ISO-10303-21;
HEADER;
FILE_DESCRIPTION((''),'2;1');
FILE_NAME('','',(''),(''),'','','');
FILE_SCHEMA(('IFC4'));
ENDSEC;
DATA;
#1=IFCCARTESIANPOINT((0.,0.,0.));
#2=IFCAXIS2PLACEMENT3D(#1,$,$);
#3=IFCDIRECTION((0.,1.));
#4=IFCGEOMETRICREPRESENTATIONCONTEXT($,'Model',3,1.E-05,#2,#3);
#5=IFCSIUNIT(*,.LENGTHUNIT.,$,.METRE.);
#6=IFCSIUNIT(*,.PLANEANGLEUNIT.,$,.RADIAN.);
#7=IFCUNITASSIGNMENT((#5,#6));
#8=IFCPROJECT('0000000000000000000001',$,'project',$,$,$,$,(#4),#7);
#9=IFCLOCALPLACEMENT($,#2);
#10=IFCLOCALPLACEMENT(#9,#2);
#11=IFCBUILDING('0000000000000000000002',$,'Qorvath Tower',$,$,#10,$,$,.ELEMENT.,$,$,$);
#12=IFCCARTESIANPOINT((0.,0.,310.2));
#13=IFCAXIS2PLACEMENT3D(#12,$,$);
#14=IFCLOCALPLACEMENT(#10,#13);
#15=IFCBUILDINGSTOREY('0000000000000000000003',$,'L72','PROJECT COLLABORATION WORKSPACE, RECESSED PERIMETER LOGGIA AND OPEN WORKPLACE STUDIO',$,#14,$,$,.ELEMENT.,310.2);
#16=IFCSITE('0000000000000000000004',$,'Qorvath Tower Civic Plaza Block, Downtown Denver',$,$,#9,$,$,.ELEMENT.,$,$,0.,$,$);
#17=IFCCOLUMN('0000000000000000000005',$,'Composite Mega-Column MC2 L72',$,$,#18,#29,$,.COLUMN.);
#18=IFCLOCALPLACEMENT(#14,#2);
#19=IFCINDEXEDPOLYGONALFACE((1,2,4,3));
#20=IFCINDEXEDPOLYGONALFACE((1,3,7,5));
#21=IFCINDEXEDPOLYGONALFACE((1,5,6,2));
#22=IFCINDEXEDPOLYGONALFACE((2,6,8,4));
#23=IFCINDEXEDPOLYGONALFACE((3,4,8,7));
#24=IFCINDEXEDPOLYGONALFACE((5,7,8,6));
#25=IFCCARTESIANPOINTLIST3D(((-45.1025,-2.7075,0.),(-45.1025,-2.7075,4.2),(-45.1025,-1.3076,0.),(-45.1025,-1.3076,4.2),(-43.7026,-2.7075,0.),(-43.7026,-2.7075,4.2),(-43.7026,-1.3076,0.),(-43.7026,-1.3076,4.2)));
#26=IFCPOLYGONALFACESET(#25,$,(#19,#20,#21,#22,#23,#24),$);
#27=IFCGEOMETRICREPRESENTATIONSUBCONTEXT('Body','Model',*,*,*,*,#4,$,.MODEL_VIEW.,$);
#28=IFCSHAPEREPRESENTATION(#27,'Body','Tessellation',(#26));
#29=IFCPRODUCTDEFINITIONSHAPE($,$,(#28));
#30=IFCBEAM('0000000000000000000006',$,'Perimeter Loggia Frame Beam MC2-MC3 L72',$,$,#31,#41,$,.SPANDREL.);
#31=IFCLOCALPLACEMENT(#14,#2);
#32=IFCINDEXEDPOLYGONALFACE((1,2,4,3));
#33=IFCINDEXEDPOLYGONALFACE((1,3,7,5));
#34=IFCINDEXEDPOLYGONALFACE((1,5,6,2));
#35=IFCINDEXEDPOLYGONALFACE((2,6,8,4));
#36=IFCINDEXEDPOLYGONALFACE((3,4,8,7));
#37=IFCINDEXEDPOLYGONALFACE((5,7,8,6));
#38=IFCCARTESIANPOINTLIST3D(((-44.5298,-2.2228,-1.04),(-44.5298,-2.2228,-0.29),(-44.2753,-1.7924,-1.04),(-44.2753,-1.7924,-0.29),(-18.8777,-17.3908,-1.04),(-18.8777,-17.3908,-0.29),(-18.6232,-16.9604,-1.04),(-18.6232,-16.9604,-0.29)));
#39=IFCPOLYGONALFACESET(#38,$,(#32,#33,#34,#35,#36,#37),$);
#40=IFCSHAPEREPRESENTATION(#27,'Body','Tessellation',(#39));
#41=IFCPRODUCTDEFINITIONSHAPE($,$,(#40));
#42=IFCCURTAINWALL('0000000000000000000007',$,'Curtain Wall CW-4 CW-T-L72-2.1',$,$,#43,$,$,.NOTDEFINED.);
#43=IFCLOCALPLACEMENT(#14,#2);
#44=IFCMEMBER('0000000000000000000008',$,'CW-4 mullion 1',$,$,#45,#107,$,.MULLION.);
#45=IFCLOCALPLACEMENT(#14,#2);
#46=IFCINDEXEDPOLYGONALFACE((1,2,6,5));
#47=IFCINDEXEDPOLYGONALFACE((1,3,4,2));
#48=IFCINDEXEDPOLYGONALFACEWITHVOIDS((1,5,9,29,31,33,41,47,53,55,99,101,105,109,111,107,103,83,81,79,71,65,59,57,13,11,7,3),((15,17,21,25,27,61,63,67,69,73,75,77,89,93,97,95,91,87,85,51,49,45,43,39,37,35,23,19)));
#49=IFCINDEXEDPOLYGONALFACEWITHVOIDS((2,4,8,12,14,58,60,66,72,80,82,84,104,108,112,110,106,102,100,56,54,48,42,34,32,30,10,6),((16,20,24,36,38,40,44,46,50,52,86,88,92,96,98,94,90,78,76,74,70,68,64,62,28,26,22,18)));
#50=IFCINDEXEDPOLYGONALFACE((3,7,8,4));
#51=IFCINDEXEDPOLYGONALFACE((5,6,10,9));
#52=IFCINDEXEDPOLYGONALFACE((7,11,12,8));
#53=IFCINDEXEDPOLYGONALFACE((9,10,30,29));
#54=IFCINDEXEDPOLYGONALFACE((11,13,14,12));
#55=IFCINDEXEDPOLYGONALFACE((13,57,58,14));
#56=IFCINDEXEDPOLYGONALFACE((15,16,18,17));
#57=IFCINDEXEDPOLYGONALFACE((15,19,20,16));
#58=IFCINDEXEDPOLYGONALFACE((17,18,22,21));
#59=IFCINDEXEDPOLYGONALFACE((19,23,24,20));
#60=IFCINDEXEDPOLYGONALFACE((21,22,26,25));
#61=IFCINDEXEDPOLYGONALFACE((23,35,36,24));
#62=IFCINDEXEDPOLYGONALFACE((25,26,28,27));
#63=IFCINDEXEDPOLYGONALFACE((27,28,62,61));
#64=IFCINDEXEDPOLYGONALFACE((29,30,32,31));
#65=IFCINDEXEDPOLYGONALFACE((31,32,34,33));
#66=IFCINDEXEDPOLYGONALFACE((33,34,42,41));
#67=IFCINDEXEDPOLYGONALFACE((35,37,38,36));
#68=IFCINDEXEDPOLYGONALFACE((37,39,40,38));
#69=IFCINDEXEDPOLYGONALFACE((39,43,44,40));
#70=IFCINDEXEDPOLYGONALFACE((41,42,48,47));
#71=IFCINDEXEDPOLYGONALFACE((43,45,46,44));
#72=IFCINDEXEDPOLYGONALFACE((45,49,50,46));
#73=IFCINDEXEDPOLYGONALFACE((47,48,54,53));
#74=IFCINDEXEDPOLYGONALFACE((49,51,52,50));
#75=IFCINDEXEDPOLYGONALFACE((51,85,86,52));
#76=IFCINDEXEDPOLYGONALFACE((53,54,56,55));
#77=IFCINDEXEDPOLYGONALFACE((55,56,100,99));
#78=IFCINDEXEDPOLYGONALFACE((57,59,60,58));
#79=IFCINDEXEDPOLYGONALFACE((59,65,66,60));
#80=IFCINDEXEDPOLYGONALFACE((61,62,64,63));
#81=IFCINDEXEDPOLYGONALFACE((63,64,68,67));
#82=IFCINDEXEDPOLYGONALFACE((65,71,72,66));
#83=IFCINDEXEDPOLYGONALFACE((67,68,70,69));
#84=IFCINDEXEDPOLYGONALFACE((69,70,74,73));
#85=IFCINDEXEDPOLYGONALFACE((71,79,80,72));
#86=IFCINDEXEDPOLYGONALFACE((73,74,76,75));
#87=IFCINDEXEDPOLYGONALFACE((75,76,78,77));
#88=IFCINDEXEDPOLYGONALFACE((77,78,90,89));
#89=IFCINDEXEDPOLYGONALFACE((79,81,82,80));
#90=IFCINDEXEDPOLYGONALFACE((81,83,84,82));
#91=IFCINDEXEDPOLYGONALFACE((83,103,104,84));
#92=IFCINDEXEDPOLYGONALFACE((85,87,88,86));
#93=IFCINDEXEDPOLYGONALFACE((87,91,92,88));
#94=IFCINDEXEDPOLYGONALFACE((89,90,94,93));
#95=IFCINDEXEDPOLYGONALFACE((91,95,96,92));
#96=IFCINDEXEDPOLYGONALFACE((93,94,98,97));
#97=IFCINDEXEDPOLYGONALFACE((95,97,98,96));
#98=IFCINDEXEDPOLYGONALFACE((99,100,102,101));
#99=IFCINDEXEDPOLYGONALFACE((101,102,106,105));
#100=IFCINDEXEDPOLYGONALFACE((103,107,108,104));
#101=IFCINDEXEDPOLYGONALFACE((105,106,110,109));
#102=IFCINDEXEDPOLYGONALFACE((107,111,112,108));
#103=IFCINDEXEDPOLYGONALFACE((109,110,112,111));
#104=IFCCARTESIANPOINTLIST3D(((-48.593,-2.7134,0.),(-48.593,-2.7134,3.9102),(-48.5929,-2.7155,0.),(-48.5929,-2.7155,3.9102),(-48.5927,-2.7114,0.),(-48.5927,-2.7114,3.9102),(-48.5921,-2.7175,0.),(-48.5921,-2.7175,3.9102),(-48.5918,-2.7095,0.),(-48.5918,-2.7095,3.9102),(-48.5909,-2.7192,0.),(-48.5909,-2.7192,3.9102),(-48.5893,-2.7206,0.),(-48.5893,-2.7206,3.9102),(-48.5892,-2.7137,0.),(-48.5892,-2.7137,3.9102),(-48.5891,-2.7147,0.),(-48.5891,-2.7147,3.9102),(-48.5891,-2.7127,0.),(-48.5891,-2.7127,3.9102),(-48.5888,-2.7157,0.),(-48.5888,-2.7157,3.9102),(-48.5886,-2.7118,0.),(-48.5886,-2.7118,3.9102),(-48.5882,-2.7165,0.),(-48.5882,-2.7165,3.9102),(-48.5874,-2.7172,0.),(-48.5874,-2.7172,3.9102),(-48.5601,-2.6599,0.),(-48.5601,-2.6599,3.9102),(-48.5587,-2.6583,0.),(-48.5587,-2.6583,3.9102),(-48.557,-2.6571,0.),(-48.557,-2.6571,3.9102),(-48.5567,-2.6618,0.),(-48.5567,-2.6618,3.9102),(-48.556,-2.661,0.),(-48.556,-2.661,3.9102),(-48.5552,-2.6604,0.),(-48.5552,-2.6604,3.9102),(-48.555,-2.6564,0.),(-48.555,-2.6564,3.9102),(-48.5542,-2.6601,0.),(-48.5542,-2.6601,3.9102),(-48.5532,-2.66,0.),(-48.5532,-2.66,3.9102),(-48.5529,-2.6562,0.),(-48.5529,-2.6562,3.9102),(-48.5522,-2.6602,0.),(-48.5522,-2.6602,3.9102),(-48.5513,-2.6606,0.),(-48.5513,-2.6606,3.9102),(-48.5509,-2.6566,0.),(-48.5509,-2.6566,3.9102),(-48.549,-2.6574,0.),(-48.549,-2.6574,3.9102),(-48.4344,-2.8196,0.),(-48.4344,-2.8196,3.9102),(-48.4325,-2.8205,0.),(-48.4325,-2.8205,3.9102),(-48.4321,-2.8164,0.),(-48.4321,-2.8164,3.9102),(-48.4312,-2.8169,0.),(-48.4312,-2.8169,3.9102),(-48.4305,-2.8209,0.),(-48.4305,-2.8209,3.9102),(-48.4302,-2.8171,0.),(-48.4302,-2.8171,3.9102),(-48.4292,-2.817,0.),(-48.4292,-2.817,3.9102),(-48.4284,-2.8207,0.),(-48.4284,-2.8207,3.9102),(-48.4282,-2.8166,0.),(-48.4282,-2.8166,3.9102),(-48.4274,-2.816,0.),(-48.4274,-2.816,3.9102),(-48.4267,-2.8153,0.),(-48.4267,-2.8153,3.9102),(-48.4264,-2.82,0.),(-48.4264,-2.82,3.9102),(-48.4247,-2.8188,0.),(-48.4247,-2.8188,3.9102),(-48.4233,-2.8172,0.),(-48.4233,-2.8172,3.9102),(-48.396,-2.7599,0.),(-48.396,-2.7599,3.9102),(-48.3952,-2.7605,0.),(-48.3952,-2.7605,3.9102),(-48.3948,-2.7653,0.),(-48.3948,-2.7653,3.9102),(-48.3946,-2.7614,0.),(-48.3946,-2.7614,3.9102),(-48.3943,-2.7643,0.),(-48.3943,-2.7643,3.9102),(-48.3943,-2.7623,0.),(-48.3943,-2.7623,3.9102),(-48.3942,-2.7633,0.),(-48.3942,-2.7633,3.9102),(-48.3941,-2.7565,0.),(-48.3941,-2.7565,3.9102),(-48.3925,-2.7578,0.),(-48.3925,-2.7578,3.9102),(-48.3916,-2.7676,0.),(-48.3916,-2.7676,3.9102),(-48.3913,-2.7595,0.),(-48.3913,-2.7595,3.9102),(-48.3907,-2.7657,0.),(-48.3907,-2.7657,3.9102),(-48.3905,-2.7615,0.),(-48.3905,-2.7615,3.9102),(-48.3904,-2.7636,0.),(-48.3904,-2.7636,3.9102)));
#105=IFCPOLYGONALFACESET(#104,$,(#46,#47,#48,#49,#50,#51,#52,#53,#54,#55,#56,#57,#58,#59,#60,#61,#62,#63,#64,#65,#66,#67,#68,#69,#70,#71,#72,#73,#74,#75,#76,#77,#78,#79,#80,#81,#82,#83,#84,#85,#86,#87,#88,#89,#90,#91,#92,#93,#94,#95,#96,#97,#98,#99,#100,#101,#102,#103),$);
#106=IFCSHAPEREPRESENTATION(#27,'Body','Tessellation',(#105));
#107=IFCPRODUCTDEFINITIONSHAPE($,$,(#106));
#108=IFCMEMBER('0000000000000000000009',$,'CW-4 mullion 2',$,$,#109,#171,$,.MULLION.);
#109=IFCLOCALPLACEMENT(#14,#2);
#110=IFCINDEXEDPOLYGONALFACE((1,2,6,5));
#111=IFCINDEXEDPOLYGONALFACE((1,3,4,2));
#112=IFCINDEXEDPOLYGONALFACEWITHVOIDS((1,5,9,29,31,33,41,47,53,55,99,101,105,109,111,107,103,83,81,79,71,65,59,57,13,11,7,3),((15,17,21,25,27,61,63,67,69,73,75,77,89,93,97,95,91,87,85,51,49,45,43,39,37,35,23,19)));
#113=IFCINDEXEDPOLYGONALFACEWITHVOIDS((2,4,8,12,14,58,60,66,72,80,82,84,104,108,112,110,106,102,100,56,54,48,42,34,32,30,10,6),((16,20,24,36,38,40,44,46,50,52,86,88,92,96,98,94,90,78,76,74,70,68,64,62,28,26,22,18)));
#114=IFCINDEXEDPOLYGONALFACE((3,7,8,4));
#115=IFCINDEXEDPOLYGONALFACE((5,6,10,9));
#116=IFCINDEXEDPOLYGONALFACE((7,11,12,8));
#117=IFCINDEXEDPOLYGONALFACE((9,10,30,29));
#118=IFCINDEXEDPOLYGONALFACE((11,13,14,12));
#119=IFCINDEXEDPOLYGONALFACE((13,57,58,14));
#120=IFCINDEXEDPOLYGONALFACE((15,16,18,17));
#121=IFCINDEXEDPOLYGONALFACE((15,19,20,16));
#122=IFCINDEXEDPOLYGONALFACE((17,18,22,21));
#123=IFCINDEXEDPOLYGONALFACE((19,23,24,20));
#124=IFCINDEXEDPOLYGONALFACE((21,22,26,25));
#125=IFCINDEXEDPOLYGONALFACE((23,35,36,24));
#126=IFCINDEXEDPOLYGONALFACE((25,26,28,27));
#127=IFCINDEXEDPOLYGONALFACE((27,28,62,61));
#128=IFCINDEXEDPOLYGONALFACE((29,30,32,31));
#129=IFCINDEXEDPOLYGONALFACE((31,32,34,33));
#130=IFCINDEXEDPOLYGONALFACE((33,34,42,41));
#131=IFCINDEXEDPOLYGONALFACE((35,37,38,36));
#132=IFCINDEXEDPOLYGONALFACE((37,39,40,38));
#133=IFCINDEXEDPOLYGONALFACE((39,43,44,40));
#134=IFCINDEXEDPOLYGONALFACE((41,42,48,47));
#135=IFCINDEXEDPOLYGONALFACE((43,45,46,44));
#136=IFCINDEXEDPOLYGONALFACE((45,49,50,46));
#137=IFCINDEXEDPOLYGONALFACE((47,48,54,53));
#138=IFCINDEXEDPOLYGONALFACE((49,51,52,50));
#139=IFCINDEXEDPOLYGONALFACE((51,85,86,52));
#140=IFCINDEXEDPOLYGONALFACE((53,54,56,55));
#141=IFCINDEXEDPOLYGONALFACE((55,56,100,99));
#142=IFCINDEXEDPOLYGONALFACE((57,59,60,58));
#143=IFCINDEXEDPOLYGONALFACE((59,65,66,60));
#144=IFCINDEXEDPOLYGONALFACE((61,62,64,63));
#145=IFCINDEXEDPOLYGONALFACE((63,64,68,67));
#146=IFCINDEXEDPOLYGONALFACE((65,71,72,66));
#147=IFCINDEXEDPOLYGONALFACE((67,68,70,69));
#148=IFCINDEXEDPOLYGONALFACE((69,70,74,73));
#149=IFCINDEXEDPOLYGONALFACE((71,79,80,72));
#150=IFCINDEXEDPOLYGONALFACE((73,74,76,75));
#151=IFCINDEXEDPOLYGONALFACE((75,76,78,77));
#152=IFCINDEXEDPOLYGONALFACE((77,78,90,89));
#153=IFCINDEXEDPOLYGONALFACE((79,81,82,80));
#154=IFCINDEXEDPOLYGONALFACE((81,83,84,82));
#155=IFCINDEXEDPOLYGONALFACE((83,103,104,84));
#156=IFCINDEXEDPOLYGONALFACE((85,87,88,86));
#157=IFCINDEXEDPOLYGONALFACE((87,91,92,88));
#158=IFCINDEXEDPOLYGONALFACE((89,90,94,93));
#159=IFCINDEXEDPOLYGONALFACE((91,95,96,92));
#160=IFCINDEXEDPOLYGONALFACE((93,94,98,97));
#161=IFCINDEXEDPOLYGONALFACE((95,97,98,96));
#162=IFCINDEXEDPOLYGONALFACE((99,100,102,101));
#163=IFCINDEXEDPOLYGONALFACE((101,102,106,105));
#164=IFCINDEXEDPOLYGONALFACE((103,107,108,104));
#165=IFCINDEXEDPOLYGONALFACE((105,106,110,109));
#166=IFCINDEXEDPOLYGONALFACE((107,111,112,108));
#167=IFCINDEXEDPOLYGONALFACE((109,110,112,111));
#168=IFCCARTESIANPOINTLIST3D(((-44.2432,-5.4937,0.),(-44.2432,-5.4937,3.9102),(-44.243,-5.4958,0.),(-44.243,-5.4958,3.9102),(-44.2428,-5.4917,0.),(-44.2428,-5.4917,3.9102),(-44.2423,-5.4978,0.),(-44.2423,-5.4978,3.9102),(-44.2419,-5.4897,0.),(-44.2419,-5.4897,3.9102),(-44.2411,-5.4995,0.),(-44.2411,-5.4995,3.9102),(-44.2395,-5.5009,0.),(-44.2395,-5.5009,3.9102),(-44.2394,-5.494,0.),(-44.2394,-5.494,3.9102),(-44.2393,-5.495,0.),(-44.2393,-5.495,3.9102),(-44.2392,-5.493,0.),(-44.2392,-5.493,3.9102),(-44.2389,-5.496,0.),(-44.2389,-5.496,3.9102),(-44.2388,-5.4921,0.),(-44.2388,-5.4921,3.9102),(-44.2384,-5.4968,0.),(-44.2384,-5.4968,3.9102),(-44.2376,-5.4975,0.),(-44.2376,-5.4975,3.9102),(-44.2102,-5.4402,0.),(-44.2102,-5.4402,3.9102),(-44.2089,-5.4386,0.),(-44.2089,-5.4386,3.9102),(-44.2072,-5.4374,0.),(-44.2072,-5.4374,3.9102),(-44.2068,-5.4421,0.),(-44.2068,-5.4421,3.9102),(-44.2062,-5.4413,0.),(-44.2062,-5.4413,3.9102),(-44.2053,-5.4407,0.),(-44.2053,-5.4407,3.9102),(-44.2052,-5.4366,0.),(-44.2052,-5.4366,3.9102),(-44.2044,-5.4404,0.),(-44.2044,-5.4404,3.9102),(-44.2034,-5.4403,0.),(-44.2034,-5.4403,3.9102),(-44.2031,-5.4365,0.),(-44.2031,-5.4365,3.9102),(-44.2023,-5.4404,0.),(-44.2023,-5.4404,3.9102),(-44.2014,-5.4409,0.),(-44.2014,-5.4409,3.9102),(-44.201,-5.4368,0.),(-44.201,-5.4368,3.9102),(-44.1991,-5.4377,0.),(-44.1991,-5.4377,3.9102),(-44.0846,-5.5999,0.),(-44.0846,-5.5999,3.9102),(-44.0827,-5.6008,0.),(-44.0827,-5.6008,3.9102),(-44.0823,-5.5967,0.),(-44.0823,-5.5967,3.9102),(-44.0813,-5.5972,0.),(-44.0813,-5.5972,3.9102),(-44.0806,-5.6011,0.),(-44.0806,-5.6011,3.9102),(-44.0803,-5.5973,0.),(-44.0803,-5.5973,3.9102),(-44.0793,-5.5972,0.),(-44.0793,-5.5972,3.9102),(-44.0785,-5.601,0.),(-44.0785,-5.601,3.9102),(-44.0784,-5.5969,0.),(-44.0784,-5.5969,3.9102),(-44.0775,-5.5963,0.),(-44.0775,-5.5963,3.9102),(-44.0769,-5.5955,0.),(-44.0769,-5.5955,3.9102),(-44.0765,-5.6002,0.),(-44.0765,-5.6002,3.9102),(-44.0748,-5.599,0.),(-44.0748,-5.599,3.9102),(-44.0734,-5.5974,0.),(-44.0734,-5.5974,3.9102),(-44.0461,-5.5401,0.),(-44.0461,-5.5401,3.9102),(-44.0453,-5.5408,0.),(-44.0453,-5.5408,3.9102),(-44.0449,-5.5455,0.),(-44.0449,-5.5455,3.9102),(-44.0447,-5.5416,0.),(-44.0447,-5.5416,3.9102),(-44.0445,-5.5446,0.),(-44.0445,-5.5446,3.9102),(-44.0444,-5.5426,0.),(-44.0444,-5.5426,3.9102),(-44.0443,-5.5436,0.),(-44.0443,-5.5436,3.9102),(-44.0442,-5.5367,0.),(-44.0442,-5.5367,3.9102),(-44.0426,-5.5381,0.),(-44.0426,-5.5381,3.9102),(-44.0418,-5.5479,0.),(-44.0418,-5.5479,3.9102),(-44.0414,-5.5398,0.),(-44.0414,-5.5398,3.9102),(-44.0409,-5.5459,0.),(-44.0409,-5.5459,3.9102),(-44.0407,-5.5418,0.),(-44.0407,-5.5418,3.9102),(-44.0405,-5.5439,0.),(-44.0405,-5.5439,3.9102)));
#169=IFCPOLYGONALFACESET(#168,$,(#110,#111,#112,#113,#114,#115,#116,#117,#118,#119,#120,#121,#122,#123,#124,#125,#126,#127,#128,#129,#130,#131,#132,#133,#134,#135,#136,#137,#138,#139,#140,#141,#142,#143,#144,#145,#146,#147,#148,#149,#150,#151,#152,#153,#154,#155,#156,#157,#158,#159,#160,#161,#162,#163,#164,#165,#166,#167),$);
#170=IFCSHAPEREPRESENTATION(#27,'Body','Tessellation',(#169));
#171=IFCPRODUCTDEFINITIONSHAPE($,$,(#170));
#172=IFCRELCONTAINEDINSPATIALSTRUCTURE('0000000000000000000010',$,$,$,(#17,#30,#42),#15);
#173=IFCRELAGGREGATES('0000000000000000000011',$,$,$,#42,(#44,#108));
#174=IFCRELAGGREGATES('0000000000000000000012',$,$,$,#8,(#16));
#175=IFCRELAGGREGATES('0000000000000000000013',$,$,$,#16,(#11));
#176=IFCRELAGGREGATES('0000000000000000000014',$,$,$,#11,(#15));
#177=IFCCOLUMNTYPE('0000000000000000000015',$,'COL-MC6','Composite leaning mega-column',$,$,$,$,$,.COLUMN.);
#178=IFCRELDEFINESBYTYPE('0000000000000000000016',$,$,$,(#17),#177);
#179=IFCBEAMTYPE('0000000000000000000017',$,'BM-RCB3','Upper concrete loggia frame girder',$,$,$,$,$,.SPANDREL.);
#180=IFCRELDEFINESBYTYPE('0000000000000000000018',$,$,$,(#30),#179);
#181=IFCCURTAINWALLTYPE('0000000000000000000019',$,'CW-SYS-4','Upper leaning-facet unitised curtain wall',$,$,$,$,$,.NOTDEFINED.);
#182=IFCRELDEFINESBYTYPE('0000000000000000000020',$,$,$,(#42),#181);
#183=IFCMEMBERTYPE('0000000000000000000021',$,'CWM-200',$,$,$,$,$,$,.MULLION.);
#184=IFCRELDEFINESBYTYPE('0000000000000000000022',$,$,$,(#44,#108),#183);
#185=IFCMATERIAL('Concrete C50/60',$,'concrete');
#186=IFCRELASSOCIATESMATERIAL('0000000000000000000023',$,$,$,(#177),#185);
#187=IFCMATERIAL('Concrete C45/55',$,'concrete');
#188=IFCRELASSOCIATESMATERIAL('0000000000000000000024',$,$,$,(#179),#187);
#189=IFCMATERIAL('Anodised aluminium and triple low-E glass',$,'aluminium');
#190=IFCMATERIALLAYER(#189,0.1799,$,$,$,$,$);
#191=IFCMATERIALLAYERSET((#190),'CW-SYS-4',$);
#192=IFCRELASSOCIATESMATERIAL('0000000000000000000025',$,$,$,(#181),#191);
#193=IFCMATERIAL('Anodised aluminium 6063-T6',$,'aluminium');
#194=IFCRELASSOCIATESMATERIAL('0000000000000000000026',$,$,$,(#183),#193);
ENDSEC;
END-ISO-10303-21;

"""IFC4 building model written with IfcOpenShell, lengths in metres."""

from ifc_helpers import new_model, si_unit, direction, frame, origin, origin_2d, place, context, subcontext, project, spatial, rectangle, hollow_rectangle, extrude, material, layer, layer_set, material_profile, profile_set, type_object, element, aggregate, save


model = new_model("IFC4")

# Units and contexts
model_context = context("Model", 3, precision=1e-05, world=origin(), true_north=direction((0.0, 1.0)))
body_context = subcontext(model_context, "Body", "Model", "MODEL_VIEW")
ifc_project = project(units=[si_unit("LENGTHUNIT", "METRE"), si_unit("PLANEANGLEUNIT", "RADIAN")], contexts=[model_context])

# Site, building, storey
site_placement = place(None, origin())
site = spatial("IfcSite", under=ifc_project, at=site_placement, Name="Qorvath Tower Civic Plaza Block, Downtown Denver", CompositionType="ELEMENT", RefElevation=0.0)
building_placement = place(site_placement, origin())
building = spatial("IfcBuilding", under=site, at=building_placement, Name="Qorvath Tower", CompositionType="ELEMENT")
storey_placement = place(building_placement, frame((0.0, 0.0, 310.2)))
storey = spatial("IfcBuildingStorey", under=building, at=storey_placement, Name="L72", Description="PROJECT COLLABORATION WORKSPACE, RECESSED PERIMETER LOGGIA AND OPEN WORKPLACE STUDIO", CompositionType="ELEMENT", Elevation=310.2)

# Column
ifc_material_1 = material(Name="Concrete C50/60", Category="concrete")
ifc_material_profile_1 = material_profile(ifc_material_1, rectangle(XDim=1.3999, YDim=1.3999, at=origin_2d()), Name="MC 1400x1400")
ifc_profile_set_1 = profile_set([ifc_material_profile_1], Name="Concrete C50/60")
column_type = type_object("IfcColumnType", Name="COL-MC6", Description="Composite leaning mega-column", PredefinedType="COLUMN", material=ifc_profile_set_1)
column_placement = place(storey_placement, frame((-44.4026, -2.0076, 0.0), z_axis=(0.0, 0.0, 1.0), x_axis=(1.0, 0.0, 0.0)))
element("IfcColumn", 1, at=column_placement, inside=storey, type_object=column_type, Name="Composite Mega-Column MC2 L72", PredefinedType="COLUMN", context=body_context, shape_type="SweptSolid", body=[
    extrude(rectangle(XDim=1.3999, YDim=1.3999, at=origin_2d()), origin(), (0.0, 0.0, 1.0), 4.2),
])

# Beam
ifc_material_2 = material(Name="Concrete C45/55", Category="concrete")
ifc_material_profile_2 = material_profile(ifc_material_2, rectangle(XDim=0.5, YDim=0.75, at=origin_2d()), Name="RCB 750x500")
ifc_profile_set_2 = profile_set([ifc_material_profile_2], Name="Concrete C45/55")
beam_type = type_object("IfcBeamType", Name="BM-RCB3", Description="Upper concrete loggia frame girder", PredefinedType="SPANDREL", material=ifc_profile_set_2)
beam_placement = place(storey_placement, frame((-44.4026, -2.0076, -0.665), z_axis=(0.860781, -0.508976, 0.0), x_axis=(0.508976, 0.860781, 0.0)))
element("IfcBeam", 2, at=beam_placement, inside=storey, type_object=beam_type, Name="Perimeter Loggia Frame Beam MC2-MC3 L72", PredefinedType="SPANDREL", context=body_context, shape_type="SweptSolid", body=[
    extrude(rectangle(XDim=0.5, YDim=0.75, at=origin_2d()), origin(), (0.0, 0.0, 1.0), 29.801),
])

# Curtain wall, members
ifc_material_3 = material(Name="Anodised aluminium and triple low-E glass", Category="aluminium")
ifc_layer_1 = layer(ifc_material_3, 0.1799)
ifc_layer_set_1 = layer_set([ifc_layer_1], Name="CW-SYS-4")
curtain_wall_type = type_object("IfcCurtainWallType", Name="CW-SYS-4", Description="Upper leaning-facet unitised curtain wall", PredefinedType="NOTDEFINED", material=ifc_layer_set_1)
curtain_wall_placement = place(storey_placement, origin())
curtain_wall = element("IfcCurtainWall", 3, at=curtain_wall_placement, inside=storey, type_object=curtain_wall_type, Name="Curtain Wall CW-4 CW-T-L72-2.1", PredefinedType="NOTDEFINED")
ifc_material_4 = material(Name="Anodised aluminium 6063-T6", Category="aluminium")
ifc_material_profile_3 = material_profile(ifc_material_4, hollow_rectangle(XDim=0.075, YDim=0.2, WallThickness=0.0039, InnerFilletRadius=0.0039, OuterFilletRadius=0.0081, at=origin_2d()), Name="CWM 200x75")
ifc_profile_set_3 = profile_set([ifc_material_profile_3], Name="Anodised aluminium 6063-T6")
member_type_1 = type_object("IfcMemberType", Name="CWM-200", PredefinedType="MULLION", material=ifc_profile_set_3)
member_1_placement = place(storey_placement, frame((-48.4917, -2.7385, 0.0), z_axis=(0.0, 0.0, 1.0), x_axis=(0.538538, 0.842601, 0.0)))
member_1 = element("IfcMember", 4, at=member_1_placement, type_object=member_type_1, Name="CW-4 mullion 1", PredefinedType="MULLION", context=body_context, shape_type="SweptSolid", body=[
    extrude(hollow_rectangle(XDim=0.075, YDim=0.2, WallThickness=0.0039, InnerFilletRadius=0.0039, OuterFilletRadius=0.0081, at=origin_2d()), origin(), (0.0, 0.0, 1.0), 3.9102),
])
member_2_placement = place(storey_placement, frame((-44.1418, -5.5188, 0.0), z_axis=(0.0, 0.0, 1.0), x_axis=(0.538538, 0.842601, 0.0)))
member_2 = element("IfcMember", 5, at=member_2_placement, type_object=member_type_1, Name="CW-4 mullion 2", PredefinedType="MULLION", context=body_context, shape_type="SweptSolid", body=[
    extrude(hollow_rectangle(XDim=0.075, YDim=0.2, WallThickness=0.0039, InnerFilletRadius=0.0039, OuterFilletRadius=0.0081, at=origin_2d()), origin(), (0.0, 0.0, 1.0), 3.9102),
])
aggregate(curtain_wall, [member_1, member_2])

save(model, "model.ifc")
